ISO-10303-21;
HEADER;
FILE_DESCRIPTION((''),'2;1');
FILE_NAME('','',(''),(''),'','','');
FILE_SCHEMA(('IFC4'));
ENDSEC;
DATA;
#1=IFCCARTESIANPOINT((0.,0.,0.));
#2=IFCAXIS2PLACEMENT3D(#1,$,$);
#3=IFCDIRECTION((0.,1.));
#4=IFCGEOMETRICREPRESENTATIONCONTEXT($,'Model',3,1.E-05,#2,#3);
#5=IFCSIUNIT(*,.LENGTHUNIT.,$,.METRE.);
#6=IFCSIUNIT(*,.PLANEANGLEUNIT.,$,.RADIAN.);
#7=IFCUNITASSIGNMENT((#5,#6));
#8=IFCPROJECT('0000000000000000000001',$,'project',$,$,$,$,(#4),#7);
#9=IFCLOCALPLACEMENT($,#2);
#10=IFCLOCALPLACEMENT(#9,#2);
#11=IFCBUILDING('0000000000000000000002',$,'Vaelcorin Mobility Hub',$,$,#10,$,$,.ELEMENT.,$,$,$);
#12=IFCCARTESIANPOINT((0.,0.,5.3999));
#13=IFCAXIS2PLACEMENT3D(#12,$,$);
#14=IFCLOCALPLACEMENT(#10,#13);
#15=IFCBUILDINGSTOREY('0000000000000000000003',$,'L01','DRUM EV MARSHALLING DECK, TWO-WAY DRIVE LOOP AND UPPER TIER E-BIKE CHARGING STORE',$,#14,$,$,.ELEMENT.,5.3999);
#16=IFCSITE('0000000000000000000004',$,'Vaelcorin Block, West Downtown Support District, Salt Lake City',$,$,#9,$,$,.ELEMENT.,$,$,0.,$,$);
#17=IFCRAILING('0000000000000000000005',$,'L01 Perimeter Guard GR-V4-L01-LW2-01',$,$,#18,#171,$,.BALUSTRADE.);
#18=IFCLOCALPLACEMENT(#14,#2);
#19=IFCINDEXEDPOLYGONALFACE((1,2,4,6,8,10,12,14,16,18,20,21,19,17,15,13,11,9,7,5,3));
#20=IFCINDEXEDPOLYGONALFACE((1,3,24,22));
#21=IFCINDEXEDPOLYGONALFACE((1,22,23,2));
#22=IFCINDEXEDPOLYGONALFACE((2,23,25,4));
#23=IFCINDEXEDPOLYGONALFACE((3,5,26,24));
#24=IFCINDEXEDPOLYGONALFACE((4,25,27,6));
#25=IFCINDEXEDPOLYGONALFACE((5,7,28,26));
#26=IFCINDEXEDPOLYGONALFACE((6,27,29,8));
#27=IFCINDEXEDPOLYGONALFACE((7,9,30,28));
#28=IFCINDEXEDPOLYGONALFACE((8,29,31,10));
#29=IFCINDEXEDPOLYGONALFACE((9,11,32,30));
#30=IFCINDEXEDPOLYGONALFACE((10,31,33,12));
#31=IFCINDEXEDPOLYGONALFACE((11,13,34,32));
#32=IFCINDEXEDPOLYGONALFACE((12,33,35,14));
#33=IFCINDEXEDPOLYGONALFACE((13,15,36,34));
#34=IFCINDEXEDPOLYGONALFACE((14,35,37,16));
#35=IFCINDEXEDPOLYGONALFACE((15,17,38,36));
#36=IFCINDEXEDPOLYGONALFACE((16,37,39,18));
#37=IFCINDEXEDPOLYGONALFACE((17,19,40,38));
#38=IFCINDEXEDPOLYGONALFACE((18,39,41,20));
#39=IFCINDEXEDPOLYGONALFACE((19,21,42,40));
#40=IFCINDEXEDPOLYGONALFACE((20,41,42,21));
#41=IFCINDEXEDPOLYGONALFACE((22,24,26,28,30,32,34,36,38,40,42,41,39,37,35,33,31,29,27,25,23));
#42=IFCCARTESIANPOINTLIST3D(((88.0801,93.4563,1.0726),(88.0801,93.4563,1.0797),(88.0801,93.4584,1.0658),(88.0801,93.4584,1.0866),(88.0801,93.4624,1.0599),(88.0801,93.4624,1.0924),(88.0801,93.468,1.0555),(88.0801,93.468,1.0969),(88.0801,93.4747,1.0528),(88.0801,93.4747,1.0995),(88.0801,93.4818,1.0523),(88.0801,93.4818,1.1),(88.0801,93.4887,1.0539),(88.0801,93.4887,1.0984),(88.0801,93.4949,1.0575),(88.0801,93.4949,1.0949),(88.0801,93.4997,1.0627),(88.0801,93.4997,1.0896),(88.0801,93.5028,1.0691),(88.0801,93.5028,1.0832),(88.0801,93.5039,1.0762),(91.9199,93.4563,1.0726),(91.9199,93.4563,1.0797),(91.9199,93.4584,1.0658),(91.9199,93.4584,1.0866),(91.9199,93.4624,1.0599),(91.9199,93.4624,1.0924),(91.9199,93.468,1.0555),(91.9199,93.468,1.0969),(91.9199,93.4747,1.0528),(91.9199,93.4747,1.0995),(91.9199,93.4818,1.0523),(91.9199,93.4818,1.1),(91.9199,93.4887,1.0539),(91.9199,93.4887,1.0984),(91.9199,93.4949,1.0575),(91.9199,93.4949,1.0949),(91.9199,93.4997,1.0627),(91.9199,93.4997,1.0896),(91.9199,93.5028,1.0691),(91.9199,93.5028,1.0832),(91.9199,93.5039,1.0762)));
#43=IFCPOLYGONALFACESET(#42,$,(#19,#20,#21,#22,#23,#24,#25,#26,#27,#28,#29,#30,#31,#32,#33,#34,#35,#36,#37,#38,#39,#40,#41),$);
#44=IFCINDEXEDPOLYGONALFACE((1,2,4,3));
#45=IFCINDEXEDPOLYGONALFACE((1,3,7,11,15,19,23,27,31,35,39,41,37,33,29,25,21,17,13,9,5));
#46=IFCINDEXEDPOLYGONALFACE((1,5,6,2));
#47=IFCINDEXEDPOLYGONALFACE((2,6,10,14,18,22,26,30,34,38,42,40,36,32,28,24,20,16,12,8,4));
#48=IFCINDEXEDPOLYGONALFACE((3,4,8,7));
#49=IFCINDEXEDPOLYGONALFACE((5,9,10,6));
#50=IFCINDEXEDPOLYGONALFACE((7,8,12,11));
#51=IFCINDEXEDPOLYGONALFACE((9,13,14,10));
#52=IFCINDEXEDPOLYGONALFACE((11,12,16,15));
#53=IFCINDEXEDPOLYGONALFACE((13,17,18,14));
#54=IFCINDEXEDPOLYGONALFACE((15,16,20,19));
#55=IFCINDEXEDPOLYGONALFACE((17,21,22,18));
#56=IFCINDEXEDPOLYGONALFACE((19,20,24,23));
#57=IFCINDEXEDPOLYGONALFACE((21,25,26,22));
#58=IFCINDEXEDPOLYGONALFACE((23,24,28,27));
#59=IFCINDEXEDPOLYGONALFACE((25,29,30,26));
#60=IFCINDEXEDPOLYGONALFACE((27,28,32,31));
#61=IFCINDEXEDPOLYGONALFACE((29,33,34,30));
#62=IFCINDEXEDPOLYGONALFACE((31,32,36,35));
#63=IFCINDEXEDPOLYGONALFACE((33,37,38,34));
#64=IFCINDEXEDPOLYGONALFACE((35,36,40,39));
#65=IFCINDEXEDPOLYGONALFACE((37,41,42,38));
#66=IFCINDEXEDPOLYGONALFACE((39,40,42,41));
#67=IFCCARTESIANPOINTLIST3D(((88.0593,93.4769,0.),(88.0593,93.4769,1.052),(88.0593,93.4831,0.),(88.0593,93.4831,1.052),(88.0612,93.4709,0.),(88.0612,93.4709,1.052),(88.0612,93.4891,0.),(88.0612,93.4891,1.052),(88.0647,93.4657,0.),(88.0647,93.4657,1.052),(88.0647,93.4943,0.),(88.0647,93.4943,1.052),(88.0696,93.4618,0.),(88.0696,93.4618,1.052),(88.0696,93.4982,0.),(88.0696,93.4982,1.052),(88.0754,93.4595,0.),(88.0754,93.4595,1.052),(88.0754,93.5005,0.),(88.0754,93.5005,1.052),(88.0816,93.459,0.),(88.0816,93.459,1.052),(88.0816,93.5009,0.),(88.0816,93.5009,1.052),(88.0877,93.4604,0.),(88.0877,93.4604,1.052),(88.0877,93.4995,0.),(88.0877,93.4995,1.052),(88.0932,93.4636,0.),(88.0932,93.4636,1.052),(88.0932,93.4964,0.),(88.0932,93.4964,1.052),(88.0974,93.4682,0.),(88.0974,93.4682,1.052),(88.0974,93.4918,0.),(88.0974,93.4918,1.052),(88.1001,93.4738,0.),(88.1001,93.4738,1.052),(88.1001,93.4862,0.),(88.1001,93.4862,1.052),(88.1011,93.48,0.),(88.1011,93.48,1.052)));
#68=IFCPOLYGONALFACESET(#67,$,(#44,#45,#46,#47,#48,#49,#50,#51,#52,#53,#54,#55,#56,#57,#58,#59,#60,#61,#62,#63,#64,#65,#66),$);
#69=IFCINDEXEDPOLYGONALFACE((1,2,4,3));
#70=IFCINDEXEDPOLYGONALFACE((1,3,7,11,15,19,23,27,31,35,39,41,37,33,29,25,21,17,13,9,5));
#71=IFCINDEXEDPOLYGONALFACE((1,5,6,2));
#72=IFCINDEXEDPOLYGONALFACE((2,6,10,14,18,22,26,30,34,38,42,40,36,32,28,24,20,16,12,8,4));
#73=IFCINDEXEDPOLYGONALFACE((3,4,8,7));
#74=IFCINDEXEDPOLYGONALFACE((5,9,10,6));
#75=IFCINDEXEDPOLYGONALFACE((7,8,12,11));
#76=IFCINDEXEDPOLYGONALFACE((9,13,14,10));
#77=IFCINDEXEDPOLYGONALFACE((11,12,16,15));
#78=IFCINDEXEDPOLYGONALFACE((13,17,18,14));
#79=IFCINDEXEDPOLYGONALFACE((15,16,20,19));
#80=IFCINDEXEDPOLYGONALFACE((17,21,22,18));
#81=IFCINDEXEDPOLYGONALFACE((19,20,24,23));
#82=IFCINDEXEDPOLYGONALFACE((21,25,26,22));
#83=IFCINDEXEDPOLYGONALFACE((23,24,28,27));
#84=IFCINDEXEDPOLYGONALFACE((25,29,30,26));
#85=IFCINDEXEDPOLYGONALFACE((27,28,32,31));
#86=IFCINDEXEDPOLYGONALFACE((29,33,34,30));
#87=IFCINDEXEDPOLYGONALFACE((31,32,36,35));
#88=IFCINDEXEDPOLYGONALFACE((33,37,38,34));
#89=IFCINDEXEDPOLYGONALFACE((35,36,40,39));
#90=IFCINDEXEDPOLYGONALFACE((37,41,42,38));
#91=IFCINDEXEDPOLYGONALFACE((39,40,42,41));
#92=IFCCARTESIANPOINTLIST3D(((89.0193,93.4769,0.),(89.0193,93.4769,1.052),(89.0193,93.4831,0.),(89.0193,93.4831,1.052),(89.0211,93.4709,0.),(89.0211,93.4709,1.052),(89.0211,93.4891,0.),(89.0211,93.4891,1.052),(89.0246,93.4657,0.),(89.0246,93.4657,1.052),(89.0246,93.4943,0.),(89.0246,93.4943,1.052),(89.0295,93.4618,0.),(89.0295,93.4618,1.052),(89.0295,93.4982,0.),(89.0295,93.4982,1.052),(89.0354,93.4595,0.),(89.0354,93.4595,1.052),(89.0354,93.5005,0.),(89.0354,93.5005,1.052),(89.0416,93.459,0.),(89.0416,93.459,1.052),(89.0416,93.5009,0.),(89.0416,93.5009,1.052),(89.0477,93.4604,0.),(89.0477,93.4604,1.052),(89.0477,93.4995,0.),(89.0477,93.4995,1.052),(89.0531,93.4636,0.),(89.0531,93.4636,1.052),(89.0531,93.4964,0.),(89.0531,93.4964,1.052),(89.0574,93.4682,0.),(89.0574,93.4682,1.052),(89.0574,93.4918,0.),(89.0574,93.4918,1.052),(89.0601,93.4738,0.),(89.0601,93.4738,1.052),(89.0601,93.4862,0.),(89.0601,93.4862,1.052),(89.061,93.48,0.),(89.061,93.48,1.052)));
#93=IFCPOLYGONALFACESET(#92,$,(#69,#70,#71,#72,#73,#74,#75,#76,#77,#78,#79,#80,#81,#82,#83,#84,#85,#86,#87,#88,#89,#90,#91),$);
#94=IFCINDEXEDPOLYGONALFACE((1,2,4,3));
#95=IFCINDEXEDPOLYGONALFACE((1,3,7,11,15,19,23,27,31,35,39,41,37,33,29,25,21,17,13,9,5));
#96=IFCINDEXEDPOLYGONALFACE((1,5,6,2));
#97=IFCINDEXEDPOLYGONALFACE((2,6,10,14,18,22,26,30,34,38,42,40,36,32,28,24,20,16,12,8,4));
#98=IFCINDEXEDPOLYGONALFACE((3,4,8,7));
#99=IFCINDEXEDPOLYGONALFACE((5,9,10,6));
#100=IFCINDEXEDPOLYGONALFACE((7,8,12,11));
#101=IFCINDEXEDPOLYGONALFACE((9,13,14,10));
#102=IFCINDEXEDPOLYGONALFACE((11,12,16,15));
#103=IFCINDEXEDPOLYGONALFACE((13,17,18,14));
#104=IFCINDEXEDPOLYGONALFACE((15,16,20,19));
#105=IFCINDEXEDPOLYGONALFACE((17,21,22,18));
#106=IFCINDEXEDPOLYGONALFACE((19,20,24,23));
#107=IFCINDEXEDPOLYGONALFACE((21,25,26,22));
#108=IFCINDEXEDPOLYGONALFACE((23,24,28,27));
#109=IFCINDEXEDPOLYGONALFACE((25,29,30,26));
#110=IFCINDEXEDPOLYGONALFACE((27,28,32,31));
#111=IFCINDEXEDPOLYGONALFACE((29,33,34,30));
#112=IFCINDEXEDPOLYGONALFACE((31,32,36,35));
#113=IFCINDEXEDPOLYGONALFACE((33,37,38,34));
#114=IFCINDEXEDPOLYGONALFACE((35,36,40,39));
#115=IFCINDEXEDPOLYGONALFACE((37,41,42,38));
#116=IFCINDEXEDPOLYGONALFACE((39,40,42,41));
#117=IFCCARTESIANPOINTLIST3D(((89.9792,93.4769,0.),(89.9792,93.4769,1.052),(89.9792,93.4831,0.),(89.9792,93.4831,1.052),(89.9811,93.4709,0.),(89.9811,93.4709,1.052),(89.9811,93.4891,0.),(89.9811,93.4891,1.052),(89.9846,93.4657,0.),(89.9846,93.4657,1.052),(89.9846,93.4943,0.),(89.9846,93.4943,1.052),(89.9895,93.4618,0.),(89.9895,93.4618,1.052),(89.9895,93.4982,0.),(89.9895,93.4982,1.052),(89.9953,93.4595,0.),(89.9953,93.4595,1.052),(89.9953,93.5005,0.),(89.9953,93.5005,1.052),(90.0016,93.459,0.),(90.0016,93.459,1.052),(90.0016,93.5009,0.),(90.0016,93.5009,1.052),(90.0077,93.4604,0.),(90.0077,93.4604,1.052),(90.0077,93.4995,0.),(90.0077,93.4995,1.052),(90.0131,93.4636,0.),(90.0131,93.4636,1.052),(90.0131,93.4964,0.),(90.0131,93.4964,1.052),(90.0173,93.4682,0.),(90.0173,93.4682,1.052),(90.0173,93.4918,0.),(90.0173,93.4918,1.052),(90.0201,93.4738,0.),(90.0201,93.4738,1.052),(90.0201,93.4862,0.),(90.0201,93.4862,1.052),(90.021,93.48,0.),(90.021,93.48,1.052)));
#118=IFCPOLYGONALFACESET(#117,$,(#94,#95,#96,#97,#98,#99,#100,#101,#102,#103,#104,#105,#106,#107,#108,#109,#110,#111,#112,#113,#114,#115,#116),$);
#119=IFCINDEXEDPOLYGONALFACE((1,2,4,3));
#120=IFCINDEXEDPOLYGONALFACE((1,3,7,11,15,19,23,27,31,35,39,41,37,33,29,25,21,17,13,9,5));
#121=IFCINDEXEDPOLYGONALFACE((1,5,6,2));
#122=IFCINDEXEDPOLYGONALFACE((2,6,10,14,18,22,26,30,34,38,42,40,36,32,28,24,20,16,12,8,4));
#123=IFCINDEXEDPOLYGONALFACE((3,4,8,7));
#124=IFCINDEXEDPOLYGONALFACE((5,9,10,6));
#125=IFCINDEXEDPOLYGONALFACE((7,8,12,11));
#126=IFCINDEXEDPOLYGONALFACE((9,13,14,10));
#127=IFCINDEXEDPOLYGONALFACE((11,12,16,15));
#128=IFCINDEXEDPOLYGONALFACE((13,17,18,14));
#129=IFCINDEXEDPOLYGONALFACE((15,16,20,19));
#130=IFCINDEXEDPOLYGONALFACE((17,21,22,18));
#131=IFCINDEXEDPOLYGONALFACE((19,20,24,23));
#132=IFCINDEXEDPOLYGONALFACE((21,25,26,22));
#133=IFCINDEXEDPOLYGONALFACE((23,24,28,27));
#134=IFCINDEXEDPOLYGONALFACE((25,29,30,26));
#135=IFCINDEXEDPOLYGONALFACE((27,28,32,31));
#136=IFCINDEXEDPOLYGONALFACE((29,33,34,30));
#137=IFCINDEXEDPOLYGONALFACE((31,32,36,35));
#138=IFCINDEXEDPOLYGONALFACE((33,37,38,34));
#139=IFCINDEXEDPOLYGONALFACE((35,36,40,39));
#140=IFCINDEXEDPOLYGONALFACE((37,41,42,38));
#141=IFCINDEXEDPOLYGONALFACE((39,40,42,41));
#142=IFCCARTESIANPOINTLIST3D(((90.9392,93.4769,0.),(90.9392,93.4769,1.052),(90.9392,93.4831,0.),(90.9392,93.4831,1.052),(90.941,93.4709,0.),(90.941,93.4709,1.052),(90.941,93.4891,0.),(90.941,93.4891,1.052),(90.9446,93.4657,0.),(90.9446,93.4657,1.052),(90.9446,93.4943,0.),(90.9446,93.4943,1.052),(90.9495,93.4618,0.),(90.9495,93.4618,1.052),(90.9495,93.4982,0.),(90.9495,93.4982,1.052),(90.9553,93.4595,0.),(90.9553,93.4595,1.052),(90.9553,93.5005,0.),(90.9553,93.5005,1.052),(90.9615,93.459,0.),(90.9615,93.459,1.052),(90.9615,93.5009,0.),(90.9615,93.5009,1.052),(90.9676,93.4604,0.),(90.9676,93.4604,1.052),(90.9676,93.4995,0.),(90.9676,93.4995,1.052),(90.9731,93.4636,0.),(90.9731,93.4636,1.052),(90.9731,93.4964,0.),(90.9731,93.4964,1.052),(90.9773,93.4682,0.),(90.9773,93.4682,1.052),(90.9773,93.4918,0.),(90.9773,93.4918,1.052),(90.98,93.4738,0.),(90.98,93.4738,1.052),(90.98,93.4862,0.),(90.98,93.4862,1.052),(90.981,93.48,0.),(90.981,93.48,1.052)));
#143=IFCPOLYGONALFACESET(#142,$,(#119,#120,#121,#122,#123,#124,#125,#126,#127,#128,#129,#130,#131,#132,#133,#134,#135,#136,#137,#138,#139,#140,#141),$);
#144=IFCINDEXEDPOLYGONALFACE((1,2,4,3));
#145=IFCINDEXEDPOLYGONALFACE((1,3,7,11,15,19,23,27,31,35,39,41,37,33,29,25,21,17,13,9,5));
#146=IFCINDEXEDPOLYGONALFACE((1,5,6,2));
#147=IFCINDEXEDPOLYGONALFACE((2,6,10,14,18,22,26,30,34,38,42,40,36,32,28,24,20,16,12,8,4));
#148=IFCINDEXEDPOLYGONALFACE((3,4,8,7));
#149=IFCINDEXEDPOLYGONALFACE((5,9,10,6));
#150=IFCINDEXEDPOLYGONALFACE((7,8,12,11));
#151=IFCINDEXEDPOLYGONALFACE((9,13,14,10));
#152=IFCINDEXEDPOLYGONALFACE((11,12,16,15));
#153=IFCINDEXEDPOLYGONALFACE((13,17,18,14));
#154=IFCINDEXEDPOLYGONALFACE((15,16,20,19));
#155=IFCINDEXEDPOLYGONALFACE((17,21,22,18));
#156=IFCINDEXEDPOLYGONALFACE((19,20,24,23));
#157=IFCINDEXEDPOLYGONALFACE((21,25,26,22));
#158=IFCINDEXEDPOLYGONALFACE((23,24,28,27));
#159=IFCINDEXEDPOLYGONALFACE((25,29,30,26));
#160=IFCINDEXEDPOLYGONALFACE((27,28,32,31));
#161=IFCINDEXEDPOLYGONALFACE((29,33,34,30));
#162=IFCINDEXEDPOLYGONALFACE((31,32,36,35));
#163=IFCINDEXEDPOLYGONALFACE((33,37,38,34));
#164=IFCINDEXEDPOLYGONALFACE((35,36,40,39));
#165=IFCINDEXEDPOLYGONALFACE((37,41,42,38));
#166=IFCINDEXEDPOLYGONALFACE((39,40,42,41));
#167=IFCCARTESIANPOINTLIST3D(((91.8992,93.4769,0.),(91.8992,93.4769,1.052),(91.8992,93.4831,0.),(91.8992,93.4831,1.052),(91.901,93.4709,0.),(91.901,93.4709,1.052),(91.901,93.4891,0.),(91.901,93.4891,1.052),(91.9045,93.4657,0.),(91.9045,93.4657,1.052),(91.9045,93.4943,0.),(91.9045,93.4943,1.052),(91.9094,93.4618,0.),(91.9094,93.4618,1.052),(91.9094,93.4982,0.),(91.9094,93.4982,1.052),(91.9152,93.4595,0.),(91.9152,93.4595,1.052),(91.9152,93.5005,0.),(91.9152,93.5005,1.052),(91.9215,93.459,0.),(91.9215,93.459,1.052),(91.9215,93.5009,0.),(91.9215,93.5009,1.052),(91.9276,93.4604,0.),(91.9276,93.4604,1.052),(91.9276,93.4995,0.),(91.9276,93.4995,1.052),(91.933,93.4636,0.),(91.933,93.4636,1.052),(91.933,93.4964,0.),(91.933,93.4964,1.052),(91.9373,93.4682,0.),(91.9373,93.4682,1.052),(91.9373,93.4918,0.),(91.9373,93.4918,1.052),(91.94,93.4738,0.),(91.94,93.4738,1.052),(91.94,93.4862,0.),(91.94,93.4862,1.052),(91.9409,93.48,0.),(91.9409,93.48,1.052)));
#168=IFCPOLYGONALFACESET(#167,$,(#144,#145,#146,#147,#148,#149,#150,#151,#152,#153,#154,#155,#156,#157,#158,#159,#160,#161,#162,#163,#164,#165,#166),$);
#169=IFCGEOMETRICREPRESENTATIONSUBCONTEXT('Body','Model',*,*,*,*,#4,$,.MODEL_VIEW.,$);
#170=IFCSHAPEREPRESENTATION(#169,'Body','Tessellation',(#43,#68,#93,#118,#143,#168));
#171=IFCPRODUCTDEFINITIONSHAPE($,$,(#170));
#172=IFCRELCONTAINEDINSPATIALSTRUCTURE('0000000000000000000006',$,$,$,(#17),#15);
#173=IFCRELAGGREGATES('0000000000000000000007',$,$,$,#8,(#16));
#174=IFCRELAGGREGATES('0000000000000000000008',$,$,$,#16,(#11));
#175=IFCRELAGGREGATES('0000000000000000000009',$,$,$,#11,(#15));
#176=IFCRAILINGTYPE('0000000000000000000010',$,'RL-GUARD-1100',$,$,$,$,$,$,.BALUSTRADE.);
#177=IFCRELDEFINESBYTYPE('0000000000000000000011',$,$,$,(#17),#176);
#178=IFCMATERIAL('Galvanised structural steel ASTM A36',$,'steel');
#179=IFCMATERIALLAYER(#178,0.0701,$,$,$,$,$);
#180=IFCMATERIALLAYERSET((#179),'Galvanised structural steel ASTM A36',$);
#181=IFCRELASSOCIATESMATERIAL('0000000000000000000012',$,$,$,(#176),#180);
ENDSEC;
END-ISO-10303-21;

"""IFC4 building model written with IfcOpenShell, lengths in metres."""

from ifc_helpers import new_model, si_unit, direction, frame, origin, origin_2d, place, context, subcontext, project, spatial, circle, extrude, material, layer, layer_set, type_object, element, save


model = new_model("IFC4")

# Units and contexts
model_context = context("Model", 3, precision=1e-05, world=origin(), true_north=direction((0.0, 1.0)))
body_context = subcontext(model_context, "Body", "Model", "MODEL_VIEW")
ifc_project = project(units=[si_unit("LENGTHUNIT", "METRE"), si_unit("PLANEANGLEUNIT", "RADIAN")], contexts=[model_context])

# Site, building, storey
site_placement = place(None, origin())
site = spatial("IfcSite", under=ifc_project, at=site_placement, Name="Vaelcorin Block, West Downtown Support District, Salt Lake City", CompositionType="ELEMENT", RefElevation=0.0)
building_placement = place(site_placement, origin())
building = spatial("IfcBuilding", under=site, at=building_placement, Name="Vaelcorin Mobility Hub", CompositionType="ELEMENT")
storey_placement = place(building_placement, frame((0.0, 0.0, 5.3999)))
storey = spatial("IfcBuildingStorey", under=building, at=storey_placement, Name="L01", Description="DRUM EV MARSHALLING DECK, TWO-WAY DRIVE LOOP AND UPPER TIER E-BIKE CHARGING STORE", CompositionType="ELEMENT", Elevation=5.3999)

# Railing
ifc_material_1 = material(Name="Galvanised structural steel ASTM A36", Category="steel")
ifc_layer_1 = layer(ifc_material_1, 0.0701)
ifc_layer_set_1 = layer_set([ifc_layer_1], Name="Galvanised structural steel ASTM A36")
railing_type = type_object("IfcRailingType", Name="RL-GUARD-1100", PredefinedType="BALUSTRADE", material=ifc_layer_set_1)
railing_1_placement = place(storey_placement, frame((88.0801, 93.48, 0.0)))
element("IfcRailing", 1, at=railing_1_placement, inside=storey, type_object=railing_type, Name="L01 Perimeter Guard GR-V4-L01-LW2-01", PredefinedType="BALUSTRADE", context=body_context, shape_type="SweptSolid", body=[
    extrude(circle(Radius=0.0239, at=origin_2d()), frame((0.0, 0.0, 1.0762), z_axis=(1.0, 0.0, 0.0), x_axis=(0.0, 1.0, 0.0)), (0.0, 0.0, 1.0), 3.8398),
    extrude(circle(Radius=0.021, at=origin_2d()), origin(), (0.0, 0.0, 1.0), 1.052),
    extrude(circle(Radius=0.021, at=origin_2d()), frame((0.96, 0.0, 0.0)), (0.0, 0.0, 1.0), 1.052),
    extrude(circle(Radius=0.021, at=origin_2d()), frame((1.9199, 0.0, 0.0)), (0.0, 0.0, 1.0), 1.052),
    extrude(circle(Radius=0.021, at=origin_2d()), frame((2.8799, 0.0, 0.0)), (0.0, 0.0, 1.0), 1.052),
    extrude(circle(Radius=0.021, at=origin_2d()), frame((3.8398, 0.0, 0.0)), (0.0, 0.0, 1.0), 1.052),
])

save(model, "model.ifc")
